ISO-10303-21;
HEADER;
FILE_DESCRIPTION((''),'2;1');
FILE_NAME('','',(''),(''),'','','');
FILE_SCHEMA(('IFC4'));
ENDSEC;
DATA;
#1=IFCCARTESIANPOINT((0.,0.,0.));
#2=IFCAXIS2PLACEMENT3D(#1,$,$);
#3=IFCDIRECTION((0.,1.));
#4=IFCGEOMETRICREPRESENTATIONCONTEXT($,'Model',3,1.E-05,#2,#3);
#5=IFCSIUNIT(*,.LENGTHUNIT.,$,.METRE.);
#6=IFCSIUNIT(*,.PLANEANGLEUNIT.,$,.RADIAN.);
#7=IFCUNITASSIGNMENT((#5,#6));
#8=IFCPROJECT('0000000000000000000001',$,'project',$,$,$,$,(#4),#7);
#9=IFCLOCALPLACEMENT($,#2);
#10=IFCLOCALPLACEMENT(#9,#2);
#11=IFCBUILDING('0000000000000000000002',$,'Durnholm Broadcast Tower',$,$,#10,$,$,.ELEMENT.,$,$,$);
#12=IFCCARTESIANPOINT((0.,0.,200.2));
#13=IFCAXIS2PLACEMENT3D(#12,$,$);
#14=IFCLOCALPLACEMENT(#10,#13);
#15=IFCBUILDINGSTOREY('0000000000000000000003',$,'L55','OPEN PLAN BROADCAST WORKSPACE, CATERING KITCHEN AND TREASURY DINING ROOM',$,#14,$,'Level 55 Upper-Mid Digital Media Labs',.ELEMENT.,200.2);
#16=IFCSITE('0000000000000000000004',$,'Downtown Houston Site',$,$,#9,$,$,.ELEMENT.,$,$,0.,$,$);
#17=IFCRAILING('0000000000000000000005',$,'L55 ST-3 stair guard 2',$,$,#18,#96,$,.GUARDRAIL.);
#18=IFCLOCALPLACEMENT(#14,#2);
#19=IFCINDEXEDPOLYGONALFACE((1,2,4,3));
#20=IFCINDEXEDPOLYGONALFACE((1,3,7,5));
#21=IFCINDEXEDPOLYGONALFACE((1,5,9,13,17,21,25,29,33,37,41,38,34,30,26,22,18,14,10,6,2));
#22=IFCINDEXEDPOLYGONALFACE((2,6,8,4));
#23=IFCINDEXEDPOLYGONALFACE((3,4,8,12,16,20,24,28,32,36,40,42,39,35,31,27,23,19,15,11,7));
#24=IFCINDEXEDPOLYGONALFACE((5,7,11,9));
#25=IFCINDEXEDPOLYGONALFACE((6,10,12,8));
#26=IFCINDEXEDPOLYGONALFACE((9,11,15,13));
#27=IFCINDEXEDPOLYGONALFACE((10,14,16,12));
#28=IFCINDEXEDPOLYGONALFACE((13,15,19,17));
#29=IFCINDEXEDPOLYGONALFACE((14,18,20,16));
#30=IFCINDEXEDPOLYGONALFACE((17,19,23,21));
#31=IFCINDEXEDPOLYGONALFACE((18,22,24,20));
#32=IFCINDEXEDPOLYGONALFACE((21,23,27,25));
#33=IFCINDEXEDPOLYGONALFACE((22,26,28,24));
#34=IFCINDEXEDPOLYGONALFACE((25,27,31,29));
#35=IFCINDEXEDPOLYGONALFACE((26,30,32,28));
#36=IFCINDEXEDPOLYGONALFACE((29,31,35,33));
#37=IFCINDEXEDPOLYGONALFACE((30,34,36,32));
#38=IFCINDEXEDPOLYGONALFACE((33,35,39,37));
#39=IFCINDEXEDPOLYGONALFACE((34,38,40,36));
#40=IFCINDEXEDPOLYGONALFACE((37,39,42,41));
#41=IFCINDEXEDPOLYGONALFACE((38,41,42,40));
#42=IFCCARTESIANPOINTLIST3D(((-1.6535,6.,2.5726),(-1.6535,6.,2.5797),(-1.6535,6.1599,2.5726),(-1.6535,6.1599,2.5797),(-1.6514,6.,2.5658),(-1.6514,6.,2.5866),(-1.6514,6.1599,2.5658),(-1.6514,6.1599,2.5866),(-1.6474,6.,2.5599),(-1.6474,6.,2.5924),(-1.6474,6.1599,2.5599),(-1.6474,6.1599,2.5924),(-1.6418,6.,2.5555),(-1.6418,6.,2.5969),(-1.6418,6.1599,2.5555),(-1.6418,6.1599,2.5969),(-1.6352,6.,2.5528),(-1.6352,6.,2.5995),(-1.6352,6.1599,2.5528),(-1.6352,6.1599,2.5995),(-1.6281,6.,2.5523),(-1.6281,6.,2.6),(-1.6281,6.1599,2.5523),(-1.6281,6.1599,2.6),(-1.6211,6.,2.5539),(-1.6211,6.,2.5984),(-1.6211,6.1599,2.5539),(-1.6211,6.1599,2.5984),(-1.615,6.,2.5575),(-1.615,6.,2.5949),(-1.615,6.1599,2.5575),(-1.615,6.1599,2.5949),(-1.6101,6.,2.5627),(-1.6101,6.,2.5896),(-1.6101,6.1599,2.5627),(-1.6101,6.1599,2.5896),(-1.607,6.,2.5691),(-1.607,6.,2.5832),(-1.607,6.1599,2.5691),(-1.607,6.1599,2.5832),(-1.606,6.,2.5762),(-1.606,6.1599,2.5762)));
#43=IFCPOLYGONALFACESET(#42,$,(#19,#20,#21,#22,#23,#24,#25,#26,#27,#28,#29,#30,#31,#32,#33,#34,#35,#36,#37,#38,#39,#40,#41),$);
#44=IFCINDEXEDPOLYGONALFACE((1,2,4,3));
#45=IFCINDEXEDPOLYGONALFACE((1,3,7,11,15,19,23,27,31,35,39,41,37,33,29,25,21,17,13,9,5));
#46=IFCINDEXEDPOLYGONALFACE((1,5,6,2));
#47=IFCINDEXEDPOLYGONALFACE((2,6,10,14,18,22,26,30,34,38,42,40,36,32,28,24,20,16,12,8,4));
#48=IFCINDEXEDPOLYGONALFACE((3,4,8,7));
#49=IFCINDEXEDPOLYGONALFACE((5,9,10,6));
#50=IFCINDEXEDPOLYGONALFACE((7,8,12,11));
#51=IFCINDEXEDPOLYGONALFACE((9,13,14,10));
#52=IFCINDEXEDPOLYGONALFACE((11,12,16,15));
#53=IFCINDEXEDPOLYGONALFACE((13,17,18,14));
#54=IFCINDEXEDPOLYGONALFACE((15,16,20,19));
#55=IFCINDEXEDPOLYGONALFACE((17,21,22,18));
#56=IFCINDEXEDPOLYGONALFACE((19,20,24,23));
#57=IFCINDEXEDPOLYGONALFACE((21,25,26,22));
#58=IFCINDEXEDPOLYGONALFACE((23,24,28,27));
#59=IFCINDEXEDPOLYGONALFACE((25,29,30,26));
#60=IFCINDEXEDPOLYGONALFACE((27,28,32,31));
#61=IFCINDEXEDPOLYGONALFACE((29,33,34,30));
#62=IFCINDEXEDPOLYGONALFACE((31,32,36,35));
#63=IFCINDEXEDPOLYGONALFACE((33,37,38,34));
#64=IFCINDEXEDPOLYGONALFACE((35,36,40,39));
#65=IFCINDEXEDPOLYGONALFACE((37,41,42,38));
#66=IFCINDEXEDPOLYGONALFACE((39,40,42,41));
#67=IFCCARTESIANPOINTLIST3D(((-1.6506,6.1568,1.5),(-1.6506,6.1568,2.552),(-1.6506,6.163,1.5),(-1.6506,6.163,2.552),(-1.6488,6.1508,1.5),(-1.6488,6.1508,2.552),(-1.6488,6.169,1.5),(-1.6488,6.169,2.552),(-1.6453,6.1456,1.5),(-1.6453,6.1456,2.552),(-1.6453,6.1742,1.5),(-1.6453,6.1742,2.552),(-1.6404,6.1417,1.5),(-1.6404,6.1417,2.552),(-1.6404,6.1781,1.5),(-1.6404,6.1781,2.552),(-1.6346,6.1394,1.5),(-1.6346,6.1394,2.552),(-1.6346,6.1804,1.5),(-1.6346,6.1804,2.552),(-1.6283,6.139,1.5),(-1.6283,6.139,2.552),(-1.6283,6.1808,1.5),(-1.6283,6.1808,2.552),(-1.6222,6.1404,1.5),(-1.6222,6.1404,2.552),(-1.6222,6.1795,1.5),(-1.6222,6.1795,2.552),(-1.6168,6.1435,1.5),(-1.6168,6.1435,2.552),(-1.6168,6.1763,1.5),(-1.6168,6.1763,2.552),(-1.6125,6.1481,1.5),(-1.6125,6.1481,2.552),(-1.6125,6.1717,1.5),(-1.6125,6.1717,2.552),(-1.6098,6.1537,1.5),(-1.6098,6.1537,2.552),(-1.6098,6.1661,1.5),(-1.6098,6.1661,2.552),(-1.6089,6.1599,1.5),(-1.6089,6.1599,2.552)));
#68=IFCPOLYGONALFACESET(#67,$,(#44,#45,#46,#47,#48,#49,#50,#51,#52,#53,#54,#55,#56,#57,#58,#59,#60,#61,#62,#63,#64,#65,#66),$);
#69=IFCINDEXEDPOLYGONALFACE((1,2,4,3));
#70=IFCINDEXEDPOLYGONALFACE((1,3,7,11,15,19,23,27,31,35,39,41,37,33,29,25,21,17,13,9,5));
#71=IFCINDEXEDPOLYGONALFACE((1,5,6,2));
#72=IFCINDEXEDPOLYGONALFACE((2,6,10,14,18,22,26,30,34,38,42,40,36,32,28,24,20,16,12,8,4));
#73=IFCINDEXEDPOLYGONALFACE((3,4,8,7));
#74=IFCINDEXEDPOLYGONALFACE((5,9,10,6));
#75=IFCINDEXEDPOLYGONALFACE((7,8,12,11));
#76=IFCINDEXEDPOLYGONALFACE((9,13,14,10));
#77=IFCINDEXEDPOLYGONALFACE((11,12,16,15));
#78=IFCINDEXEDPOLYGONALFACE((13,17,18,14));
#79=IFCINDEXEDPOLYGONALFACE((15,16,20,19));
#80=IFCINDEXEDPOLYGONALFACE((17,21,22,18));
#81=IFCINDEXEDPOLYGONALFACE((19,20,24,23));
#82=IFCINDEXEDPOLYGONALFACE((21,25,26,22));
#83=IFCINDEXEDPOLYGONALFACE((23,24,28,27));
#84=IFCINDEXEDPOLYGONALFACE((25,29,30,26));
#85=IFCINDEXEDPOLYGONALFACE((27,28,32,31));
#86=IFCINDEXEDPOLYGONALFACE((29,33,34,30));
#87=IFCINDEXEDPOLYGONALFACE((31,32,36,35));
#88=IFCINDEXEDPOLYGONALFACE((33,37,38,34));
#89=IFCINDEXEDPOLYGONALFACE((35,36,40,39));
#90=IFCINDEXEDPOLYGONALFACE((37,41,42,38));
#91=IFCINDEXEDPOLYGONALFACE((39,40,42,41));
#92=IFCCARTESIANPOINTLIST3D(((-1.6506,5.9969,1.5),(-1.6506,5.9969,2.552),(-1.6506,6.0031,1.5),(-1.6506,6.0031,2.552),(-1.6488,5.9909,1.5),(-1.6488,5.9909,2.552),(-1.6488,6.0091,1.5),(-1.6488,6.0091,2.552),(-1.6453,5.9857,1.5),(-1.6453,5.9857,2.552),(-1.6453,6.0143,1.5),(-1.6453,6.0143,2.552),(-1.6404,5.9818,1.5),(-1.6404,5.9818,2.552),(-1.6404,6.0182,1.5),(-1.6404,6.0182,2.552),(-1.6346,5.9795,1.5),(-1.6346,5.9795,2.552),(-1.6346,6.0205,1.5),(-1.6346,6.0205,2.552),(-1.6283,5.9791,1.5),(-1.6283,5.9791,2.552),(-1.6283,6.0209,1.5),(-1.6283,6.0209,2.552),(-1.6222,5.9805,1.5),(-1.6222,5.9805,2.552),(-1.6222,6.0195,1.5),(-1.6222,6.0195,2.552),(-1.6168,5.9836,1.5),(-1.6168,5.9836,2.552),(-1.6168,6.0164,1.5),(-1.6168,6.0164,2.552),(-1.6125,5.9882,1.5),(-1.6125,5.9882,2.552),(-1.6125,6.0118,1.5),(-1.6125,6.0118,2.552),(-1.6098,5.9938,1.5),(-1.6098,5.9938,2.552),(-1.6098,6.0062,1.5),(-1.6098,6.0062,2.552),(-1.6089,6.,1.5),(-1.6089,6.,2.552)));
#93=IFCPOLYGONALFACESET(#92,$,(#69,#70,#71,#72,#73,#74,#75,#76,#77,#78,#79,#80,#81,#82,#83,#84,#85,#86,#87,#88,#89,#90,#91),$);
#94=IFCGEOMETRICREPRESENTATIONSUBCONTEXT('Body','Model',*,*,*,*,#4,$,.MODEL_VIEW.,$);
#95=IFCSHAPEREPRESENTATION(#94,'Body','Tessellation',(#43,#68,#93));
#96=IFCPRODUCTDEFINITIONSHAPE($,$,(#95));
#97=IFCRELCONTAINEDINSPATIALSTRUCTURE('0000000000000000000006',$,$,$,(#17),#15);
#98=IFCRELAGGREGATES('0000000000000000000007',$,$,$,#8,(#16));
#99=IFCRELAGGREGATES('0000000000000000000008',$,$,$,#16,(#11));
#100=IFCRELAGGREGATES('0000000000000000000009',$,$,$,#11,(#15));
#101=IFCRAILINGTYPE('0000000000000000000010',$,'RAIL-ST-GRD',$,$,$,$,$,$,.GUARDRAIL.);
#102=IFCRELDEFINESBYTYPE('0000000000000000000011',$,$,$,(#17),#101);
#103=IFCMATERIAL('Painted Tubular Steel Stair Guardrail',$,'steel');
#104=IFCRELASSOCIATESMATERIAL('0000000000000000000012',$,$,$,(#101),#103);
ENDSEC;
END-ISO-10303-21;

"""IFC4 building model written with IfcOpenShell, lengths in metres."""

from ifc_helpers import new_model, si_unit, direction, frame, origin, origin_2d, place, context, subcontext, project, spatial, circle, extrude, material, type_object, element, save


model = new_model("IFC4")

# Units and contexts
model_context = context("Model", 3, precision=1e-05, world=origin(), true_north=direction((0.0, 1.0)))
body_context = subcontext(model_context, "Body", "Model", "MODEL_VIEW")
ifc_project = project(units=[si_unit("LENGTHUNIT", "METRE"), si_unit("PLANEANGLEUNIT", "RADIAN")], contexts=[model_context])

# Site, building, storey
site_placement = place(None, origin())
site = spatial("IfcSite", under=ifc_project, at=site_placement, Name="Downtown Houston Site", CompositionType="ELEMENT", RefElevation=0.0)
building_placement = place(site_placement, origin())
building = spatial("IfcBuilding", under=site, at=building_placement, Name="Durnholm Broadcast Tower", CompositionType="ELEMENT")
storey_placement = place(building_placement, frame((0.0, 0.0, 200.2)))
storey = spatial("IfcBuildingStorey", under=building, at=storey_placement, Name="L55", Description="OPEN PLAN BROADCAST WORKSPACE, CATERING KITCHEN AND TREASURY DINING ROOM", LongName="Level 55 Upper-Mid Digital Media Labs", CompositionType="ELEMENT", Elevation=200.2)

# Railing
ifc_material_1 = material(Name="Painted Tubular Steel Stair Guardrail", Category="steel")
railing_type_1 = type_object("IfcRailingType", Name="RAIL-ST-GRD", PredefinedType="GUARDRAIL", material=ifc_material_1)
railing_1_placement = place(storey_placement, frame((-1.6299, 6.1599, 1.5)))
element("IfcRailing", 1, at=railing_1_placement, inside=storey, type_object=railing_type_1, Name="L55 ST-3 stair guard 2", PredefinedType="GUARDRAIL", context=body_context, shape_type="SweptSolid", body=[
    extrude(circle(Radius=0.0239, at=origin_2d()), frame((0.0, 0.0, 1.0762), z_axis=(0.0, -1.0, 0.0), x_axis=(1.0, 0.0, 0.0)), (0.0, 0.0, 1.0), 0.1599),
    extrude(circle(Radius=0.021, at=origin_2d()), origin(), (0.0, 0.0, 1.0), 1.052),
    extrude(circle(Radius=0.021, at=origin_2d()), frame((0.0, -0.1599, 0.0)), (0.0, 0.0, 1.0), 1.052),
])

save(model, "model.ifc")
